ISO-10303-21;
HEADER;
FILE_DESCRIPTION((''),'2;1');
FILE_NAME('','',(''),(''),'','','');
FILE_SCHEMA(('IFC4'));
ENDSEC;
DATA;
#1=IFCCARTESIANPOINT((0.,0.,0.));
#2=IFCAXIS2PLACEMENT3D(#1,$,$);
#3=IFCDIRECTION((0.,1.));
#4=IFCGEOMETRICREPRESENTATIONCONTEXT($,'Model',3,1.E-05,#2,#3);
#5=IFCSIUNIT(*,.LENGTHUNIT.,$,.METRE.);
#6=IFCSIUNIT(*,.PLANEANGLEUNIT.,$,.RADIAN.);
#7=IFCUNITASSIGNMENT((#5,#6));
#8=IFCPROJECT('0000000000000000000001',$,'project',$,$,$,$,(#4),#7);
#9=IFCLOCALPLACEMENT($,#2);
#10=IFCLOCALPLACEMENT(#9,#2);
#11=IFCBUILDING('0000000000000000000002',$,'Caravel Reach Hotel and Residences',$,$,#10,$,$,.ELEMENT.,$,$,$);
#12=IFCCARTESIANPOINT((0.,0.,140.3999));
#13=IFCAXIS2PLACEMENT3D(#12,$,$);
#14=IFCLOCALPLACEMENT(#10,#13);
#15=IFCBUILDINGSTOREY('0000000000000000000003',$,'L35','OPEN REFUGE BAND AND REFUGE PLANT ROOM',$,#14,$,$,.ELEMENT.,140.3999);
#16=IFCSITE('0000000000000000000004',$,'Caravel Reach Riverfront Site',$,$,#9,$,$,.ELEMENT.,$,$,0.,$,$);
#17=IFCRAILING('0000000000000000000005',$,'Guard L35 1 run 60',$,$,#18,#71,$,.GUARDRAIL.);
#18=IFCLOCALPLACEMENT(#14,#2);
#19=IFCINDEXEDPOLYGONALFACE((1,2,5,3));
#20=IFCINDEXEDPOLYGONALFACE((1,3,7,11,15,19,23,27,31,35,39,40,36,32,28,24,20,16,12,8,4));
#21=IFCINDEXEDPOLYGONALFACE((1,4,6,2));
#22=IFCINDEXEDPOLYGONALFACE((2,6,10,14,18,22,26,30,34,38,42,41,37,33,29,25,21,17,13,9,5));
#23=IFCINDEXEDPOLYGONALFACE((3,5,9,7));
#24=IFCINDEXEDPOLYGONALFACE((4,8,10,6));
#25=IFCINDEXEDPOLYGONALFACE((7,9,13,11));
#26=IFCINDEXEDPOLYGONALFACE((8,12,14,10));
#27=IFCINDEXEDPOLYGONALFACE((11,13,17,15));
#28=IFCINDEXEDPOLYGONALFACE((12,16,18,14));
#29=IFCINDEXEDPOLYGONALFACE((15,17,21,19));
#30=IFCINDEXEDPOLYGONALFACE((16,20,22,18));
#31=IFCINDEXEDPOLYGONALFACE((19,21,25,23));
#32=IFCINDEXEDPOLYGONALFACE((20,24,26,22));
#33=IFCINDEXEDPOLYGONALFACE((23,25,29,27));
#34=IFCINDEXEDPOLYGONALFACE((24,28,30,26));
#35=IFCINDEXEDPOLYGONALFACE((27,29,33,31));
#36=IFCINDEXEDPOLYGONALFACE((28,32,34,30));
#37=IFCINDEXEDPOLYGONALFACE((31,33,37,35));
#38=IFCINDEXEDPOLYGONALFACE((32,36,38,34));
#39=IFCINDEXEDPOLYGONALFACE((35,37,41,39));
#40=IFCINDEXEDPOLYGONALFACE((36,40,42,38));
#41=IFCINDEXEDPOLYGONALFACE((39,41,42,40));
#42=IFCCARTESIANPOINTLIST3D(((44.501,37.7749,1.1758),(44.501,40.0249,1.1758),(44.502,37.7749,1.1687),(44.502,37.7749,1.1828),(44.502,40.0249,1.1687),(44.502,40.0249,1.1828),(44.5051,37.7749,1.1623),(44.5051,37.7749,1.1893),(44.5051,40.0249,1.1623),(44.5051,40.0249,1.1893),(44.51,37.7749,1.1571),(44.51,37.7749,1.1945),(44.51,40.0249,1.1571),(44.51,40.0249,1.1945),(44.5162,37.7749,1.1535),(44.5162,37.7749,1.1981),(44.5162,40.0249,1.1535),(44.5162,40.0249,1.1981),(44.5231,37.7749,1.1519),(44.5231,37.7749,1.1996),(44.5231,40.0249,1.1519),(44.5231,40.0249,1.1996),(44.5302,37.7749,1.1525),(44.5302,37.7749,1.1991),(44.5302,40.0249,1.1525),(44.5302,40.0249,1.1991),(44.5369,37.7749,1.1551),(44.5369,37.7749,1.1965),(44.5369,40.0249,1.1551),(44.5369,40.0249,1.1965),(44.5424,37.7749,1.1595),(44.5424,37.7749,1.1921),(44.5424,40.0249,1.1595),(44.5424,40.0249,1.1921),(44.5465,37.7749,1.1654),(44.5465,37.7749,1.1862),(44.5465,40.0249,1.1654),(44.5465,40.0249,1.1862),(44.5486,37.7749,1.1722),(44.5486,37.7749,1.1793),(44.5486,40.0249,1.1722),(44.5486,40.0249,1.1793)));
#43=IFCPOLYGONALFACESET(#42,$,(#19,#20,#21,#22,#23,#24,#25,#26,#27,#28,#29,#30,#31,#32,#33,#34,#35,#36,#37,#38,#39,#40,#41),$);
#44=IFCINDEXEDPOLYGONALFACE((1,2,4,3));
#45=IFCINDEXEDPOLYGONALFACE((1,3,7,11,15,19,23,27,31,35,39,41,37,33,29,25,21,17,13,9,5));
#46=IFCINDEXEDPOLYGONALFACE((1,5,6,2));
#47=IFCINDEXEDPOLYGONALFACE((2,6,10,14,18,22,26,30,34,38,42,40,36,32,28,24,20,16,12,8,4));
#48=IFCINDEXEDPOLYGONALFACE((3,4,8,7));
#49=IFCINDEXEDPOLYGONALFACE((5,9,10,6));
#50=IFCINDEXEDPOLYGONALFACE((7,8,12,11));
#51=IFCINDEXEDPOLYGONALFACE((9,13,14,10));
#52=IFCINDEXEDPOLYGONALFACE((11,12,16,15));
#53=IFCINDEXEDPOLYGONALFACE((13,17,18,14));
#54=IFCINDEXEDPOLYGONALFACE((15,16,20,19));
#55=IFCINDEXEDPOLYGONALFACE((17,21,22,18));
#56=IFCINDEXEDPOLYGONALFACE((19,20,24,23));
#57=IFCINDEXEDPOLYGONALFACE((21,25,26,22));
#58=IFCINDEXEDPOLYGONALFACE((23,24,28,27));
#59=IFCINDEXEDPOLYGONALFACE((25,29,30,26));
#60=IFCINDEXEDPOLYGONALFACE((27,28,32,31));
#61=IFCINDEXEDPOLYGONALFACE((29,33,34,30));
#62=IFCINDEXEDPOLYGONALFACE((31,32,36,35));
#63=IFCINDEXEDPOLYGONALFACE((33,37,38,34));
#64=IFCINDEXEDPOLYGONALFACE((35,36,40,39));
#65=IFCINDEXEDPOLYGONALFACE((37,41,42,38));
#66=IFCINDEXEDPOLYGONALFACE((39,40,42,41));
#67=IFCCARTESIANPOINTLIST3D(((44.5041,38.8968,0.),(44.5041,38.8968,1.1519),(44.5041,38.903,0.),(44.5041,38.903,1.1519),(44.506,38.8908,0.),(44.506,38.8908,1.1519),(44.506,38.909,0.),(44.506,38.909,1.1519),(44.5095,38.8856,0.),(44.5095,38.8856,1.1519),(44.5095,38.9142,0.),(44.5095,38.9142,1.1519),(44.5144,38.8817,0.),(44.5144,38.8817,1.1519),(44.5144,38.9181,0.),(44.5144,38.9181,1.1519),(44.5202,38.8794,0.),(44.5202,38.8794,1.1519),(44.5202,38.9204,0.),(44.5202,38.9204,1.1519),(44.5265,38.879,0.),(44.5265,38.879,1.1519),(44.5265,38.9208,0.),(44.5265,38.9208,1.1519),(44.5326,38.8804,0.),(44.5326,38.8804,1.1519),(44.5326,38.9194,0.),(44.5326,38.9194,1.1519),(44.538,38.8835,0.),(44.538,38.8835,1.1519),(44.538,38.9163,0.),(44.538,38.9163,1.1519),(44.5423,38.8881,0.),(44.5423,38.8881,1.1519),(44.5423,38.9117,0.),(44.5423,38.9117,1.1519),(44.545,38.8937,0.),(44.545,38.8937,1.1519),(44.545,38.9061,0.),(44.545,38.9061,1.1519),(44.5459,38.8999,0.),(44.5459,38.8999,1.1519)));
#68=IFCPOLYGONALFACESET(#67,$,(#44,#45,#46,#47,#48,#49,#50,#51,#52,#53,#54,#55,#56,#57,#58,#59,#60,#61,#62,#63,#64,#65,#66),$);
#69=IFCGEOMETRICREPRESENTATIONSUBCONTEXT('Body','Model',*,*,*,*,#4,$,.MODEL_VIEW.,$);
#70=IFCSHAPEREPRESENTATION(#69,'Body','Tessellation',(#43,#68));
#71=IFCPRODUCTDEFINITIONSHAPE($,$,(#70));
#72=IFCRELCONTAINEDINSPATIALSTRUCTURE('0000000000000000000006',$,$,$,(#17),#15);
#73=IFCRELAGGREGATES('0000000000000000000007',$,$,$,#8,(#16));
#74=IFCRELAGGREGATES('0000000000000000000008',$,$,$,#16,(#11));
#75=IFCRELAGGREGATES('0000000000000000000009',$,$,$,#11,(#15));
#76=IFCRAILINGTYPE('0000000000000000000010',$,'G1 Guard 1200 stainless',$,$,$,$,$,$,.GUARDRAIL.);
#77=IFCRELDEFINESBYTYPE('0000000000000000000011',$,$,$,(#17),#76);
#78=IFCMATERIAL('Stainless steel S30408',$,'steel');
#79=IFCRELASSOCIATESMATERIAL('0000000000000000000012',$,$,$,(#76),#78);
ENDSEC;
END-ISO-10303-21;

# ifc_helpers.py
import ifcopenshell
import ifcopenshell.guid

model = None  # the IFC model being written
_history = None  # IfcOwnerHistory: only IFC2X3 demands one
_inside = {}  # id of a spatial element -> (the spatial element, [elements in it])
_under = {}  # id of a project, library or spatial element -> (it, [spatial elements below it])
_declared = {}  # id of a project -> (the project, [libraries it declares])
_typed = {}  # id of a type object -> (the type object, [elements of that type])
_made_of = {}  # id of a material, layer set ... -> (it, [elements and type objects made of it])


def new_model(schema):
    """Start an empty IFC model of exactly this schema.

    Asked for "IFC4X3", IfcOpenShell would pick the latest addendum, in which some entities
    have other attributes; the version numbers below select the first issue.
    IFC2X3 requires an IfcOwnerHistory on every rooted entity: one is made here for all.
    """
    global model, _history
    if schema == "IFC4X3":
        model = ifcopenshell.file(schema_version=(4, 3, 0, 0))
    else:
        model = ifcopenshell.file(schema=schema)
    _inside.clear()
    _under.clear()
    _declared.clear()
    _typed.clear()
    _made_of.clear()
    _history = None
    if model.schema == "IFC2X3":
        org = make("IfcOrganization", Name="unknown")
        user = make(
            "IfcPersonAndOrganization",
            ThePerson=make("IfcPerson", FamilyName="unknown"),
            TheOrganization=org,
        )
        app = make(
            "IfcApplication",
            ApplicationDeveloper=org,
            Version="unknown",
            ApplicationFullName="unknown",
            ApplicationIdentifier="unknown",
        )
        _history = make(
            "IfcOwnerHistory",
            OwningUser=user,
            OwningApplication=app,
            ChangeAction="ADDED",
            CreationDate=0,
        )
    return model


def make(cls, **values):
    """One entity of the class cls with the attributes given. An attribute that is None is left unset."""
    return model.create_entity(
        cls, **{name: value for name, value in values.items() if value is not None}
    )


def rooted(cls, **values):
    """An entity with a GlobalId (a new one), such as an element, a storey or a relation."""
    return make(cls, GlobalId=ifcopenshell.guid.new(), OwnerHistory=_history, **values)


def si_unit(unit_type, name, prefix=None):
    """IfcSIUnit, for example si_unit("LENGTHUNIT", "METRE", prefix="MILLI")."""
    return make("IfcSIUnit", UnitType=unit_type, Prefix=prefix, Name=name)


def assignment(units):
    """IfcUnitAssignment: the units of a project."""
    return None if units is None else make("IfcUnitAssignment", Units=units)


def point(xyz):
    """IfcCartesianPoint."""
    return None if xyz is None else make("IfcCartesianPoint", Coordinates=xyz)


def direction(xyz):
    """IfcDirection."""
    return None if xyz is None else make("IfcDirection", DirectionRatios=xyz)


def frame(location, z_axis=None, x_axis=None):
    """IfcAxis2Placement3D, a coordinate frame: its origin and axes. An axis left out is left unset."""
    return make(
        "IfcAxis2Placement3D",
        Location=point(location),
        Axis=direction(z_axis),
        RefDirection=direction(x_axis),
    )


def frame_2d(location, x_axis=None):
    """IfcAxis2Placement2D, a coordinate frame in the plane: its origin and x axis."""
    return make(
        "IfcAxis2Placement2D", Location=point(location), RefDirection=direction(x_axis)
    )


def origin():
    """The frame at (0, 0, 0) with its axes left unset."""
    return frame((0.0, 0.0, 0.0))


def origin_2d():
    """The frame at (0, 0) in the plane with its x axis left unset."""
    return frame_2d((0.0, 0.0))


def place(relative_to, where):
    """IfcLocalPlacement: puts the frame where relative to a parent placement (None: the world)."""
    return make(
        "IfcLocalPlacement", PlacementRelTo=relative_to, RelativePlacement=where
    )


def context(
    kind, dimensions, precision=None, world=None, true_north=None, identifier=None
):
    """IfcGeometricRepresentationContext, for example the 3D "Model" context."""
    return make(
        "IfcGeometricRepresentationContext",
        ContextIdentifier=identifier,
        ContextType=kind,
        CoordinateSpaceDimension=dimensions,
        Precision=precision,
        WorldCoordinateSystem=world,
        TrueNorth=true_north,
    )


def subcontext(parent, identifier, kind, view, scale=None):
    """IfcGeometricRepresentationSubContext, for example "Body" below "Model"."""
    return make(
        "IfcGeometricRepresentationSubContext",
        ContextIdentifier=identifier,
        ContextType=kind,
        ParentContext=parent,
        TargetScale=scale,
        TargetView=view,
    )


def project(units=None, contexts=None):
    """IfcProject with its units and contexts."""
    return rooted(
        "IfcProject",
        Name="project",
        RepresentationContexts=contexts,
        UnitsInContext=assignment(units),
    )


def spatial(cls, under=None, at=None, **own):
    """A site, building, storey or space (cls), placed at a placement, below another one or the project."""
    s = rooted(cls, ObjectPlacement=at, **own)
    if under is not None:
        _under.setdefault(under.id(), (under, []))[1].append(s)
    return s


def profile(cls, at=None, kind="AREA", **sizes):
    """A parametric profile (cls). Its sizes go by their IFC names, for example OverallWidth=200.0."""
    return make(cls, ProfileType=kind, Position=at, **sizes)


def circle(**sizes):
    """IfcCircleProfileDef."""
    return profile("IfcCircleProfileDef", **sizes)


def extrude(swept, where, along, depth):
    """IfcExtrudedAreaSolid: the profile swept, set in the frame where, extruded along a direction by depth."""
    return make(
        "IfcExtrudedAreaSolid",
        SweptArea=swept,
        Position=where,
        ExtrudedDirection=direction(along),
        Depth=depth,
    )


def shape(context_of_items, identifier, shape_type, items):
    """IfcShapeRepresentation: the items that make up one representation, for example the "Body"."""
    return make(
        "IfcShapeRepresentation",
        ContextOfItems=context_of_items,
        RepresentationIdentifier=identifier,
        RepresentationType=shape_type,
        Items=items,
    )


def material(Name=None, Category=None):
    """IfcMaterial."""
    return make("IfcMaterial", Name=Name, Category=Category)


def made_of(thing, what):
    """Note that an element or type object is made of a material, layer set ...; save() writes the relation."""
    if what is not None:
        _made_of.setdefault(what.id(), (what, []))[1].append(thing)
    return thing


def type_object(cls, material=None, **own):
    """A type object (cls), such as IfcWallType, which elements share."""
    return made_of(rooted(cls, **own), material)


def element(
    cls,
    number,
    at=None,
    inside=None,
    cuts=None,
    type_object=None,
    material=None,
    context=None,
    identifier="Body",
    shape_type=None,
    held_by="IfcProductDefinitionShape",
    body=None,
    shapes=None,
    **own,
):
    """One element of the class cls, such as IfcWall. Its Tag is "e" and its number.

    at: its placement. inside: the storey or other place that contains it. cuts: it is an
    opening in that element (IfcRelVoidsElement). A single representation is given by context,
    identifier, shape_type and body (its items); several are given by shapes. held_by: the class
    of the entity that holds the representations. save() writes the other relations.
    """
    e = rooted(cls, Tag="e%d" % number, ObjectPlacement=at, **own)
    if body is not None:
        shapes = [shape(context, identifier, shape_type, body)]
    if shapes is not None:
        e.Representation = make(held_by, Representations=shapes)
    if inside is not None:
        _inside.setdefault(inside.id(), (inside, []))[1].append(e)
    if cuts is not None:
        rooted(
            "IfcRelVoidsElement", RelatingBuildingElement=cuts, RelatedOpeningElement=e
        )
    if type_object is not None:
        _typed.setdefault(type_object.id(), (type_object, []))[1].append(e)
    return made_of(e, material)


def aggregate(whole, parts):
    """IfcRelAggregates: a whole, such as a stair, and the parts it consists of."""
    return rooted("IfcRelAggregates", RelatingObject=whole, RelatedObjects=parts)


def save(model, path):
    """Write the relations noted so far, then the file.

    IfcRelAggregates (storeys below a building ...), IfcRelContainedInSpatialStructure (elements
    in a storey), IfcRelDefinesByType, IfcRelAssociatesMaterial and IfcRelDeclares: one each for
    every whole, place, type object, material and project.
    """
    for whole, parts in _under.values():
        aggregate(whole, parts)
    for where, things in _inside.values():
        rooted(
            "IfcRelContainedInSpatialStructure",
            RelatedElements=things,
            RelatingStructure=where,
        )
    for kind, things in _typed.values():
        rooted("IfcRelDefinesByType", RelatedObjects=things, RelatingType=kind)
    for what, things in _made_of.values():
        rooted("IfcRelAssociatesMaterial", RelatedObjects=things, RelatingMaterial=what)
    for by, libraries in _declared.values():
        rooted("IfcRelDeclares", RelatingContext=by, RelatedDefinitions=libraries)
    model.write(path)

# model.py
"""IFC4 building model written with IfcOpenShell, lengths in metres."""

from ifc_helpers import new_model, si_unit, direction, frame, origin, origin_2d, place, context, subcontext, project, spatial, circle, extrude, material, type_object, element, save


model = new_model("IFC4")

# Units and contexts
model_context = context("Model", 3, precision=1e-05, world=origin(), true_north=direction((0.0, 1.0)))
body_context = subcontext(model_context, "Body", "Model", "MODEL_VIEW")
ifc_project = project(units=[si_unit("LENGTHUNIT", "METRE"), si_unit("PLANEANGLEUNIT", "RADIAN")], contexts=[model_context])

# Site, building, storey
site_placement = place(None, origin())
site = spatial("IfcSite", under=ifc_project, at=site_placement, Name="Caravel Reach Riverfront Site", CompositionType="ELEMENT", RefElevation=0.0)
building_placement = place(site_placement, origin())
building = spatial("IfcBuilding", under=site, at=building_placement, Name="Caravel Reach Hotel and Residences", CompositionType="ELEMENT")
storey_placement = place(building_placement, frame((0.0, 0.0, 140.3999)))
storey = spatial("IfcBuildingStorey", under=building, at=storey_placement, Name="L35", Description="OPEN REFUGE BAND AND REFUGE PLANT ROOM", CompositionType="ELEMENT", Elevation=140.3999)

# Railing
ifc_material_1 = material(Name="Stainless steel S30408", Category="steel")
railing_type_1 = type_object("IfcRailingType", Name="G1 Guard 1200 stainless", PredefinedType="GUARDRAIL", material=ifc_material_1)
railing_1_placement = place(storey_placement, frame((44.5249, 37.7749, 0.0)))
element("IfcRailing", 1, at=railing_1_placement, inside=storey, type_object=railing_type_1, Name="Guard L35 1 run 60", PredefinedType="GUARDRAIL", context=body_context, shape_type="SweptSolid", body=[
    extrude(circle(Radius=0.0239, at=origin_2d()), frame((0.0, 0.0, 1.1758), z_axis=(0.0, 1.0, 0.0), x_axis=(-1.0, 0.0, 0.0)), (0.0, 0.0, 1.0), 2.25),
    extrude(circle(Radius=0.021, at=origin_2d()), frame((0.0, 1.125, 0.0)), (0.0, 0.0, 1.0), 1.1519),
])

save(model, "model.ifc")
